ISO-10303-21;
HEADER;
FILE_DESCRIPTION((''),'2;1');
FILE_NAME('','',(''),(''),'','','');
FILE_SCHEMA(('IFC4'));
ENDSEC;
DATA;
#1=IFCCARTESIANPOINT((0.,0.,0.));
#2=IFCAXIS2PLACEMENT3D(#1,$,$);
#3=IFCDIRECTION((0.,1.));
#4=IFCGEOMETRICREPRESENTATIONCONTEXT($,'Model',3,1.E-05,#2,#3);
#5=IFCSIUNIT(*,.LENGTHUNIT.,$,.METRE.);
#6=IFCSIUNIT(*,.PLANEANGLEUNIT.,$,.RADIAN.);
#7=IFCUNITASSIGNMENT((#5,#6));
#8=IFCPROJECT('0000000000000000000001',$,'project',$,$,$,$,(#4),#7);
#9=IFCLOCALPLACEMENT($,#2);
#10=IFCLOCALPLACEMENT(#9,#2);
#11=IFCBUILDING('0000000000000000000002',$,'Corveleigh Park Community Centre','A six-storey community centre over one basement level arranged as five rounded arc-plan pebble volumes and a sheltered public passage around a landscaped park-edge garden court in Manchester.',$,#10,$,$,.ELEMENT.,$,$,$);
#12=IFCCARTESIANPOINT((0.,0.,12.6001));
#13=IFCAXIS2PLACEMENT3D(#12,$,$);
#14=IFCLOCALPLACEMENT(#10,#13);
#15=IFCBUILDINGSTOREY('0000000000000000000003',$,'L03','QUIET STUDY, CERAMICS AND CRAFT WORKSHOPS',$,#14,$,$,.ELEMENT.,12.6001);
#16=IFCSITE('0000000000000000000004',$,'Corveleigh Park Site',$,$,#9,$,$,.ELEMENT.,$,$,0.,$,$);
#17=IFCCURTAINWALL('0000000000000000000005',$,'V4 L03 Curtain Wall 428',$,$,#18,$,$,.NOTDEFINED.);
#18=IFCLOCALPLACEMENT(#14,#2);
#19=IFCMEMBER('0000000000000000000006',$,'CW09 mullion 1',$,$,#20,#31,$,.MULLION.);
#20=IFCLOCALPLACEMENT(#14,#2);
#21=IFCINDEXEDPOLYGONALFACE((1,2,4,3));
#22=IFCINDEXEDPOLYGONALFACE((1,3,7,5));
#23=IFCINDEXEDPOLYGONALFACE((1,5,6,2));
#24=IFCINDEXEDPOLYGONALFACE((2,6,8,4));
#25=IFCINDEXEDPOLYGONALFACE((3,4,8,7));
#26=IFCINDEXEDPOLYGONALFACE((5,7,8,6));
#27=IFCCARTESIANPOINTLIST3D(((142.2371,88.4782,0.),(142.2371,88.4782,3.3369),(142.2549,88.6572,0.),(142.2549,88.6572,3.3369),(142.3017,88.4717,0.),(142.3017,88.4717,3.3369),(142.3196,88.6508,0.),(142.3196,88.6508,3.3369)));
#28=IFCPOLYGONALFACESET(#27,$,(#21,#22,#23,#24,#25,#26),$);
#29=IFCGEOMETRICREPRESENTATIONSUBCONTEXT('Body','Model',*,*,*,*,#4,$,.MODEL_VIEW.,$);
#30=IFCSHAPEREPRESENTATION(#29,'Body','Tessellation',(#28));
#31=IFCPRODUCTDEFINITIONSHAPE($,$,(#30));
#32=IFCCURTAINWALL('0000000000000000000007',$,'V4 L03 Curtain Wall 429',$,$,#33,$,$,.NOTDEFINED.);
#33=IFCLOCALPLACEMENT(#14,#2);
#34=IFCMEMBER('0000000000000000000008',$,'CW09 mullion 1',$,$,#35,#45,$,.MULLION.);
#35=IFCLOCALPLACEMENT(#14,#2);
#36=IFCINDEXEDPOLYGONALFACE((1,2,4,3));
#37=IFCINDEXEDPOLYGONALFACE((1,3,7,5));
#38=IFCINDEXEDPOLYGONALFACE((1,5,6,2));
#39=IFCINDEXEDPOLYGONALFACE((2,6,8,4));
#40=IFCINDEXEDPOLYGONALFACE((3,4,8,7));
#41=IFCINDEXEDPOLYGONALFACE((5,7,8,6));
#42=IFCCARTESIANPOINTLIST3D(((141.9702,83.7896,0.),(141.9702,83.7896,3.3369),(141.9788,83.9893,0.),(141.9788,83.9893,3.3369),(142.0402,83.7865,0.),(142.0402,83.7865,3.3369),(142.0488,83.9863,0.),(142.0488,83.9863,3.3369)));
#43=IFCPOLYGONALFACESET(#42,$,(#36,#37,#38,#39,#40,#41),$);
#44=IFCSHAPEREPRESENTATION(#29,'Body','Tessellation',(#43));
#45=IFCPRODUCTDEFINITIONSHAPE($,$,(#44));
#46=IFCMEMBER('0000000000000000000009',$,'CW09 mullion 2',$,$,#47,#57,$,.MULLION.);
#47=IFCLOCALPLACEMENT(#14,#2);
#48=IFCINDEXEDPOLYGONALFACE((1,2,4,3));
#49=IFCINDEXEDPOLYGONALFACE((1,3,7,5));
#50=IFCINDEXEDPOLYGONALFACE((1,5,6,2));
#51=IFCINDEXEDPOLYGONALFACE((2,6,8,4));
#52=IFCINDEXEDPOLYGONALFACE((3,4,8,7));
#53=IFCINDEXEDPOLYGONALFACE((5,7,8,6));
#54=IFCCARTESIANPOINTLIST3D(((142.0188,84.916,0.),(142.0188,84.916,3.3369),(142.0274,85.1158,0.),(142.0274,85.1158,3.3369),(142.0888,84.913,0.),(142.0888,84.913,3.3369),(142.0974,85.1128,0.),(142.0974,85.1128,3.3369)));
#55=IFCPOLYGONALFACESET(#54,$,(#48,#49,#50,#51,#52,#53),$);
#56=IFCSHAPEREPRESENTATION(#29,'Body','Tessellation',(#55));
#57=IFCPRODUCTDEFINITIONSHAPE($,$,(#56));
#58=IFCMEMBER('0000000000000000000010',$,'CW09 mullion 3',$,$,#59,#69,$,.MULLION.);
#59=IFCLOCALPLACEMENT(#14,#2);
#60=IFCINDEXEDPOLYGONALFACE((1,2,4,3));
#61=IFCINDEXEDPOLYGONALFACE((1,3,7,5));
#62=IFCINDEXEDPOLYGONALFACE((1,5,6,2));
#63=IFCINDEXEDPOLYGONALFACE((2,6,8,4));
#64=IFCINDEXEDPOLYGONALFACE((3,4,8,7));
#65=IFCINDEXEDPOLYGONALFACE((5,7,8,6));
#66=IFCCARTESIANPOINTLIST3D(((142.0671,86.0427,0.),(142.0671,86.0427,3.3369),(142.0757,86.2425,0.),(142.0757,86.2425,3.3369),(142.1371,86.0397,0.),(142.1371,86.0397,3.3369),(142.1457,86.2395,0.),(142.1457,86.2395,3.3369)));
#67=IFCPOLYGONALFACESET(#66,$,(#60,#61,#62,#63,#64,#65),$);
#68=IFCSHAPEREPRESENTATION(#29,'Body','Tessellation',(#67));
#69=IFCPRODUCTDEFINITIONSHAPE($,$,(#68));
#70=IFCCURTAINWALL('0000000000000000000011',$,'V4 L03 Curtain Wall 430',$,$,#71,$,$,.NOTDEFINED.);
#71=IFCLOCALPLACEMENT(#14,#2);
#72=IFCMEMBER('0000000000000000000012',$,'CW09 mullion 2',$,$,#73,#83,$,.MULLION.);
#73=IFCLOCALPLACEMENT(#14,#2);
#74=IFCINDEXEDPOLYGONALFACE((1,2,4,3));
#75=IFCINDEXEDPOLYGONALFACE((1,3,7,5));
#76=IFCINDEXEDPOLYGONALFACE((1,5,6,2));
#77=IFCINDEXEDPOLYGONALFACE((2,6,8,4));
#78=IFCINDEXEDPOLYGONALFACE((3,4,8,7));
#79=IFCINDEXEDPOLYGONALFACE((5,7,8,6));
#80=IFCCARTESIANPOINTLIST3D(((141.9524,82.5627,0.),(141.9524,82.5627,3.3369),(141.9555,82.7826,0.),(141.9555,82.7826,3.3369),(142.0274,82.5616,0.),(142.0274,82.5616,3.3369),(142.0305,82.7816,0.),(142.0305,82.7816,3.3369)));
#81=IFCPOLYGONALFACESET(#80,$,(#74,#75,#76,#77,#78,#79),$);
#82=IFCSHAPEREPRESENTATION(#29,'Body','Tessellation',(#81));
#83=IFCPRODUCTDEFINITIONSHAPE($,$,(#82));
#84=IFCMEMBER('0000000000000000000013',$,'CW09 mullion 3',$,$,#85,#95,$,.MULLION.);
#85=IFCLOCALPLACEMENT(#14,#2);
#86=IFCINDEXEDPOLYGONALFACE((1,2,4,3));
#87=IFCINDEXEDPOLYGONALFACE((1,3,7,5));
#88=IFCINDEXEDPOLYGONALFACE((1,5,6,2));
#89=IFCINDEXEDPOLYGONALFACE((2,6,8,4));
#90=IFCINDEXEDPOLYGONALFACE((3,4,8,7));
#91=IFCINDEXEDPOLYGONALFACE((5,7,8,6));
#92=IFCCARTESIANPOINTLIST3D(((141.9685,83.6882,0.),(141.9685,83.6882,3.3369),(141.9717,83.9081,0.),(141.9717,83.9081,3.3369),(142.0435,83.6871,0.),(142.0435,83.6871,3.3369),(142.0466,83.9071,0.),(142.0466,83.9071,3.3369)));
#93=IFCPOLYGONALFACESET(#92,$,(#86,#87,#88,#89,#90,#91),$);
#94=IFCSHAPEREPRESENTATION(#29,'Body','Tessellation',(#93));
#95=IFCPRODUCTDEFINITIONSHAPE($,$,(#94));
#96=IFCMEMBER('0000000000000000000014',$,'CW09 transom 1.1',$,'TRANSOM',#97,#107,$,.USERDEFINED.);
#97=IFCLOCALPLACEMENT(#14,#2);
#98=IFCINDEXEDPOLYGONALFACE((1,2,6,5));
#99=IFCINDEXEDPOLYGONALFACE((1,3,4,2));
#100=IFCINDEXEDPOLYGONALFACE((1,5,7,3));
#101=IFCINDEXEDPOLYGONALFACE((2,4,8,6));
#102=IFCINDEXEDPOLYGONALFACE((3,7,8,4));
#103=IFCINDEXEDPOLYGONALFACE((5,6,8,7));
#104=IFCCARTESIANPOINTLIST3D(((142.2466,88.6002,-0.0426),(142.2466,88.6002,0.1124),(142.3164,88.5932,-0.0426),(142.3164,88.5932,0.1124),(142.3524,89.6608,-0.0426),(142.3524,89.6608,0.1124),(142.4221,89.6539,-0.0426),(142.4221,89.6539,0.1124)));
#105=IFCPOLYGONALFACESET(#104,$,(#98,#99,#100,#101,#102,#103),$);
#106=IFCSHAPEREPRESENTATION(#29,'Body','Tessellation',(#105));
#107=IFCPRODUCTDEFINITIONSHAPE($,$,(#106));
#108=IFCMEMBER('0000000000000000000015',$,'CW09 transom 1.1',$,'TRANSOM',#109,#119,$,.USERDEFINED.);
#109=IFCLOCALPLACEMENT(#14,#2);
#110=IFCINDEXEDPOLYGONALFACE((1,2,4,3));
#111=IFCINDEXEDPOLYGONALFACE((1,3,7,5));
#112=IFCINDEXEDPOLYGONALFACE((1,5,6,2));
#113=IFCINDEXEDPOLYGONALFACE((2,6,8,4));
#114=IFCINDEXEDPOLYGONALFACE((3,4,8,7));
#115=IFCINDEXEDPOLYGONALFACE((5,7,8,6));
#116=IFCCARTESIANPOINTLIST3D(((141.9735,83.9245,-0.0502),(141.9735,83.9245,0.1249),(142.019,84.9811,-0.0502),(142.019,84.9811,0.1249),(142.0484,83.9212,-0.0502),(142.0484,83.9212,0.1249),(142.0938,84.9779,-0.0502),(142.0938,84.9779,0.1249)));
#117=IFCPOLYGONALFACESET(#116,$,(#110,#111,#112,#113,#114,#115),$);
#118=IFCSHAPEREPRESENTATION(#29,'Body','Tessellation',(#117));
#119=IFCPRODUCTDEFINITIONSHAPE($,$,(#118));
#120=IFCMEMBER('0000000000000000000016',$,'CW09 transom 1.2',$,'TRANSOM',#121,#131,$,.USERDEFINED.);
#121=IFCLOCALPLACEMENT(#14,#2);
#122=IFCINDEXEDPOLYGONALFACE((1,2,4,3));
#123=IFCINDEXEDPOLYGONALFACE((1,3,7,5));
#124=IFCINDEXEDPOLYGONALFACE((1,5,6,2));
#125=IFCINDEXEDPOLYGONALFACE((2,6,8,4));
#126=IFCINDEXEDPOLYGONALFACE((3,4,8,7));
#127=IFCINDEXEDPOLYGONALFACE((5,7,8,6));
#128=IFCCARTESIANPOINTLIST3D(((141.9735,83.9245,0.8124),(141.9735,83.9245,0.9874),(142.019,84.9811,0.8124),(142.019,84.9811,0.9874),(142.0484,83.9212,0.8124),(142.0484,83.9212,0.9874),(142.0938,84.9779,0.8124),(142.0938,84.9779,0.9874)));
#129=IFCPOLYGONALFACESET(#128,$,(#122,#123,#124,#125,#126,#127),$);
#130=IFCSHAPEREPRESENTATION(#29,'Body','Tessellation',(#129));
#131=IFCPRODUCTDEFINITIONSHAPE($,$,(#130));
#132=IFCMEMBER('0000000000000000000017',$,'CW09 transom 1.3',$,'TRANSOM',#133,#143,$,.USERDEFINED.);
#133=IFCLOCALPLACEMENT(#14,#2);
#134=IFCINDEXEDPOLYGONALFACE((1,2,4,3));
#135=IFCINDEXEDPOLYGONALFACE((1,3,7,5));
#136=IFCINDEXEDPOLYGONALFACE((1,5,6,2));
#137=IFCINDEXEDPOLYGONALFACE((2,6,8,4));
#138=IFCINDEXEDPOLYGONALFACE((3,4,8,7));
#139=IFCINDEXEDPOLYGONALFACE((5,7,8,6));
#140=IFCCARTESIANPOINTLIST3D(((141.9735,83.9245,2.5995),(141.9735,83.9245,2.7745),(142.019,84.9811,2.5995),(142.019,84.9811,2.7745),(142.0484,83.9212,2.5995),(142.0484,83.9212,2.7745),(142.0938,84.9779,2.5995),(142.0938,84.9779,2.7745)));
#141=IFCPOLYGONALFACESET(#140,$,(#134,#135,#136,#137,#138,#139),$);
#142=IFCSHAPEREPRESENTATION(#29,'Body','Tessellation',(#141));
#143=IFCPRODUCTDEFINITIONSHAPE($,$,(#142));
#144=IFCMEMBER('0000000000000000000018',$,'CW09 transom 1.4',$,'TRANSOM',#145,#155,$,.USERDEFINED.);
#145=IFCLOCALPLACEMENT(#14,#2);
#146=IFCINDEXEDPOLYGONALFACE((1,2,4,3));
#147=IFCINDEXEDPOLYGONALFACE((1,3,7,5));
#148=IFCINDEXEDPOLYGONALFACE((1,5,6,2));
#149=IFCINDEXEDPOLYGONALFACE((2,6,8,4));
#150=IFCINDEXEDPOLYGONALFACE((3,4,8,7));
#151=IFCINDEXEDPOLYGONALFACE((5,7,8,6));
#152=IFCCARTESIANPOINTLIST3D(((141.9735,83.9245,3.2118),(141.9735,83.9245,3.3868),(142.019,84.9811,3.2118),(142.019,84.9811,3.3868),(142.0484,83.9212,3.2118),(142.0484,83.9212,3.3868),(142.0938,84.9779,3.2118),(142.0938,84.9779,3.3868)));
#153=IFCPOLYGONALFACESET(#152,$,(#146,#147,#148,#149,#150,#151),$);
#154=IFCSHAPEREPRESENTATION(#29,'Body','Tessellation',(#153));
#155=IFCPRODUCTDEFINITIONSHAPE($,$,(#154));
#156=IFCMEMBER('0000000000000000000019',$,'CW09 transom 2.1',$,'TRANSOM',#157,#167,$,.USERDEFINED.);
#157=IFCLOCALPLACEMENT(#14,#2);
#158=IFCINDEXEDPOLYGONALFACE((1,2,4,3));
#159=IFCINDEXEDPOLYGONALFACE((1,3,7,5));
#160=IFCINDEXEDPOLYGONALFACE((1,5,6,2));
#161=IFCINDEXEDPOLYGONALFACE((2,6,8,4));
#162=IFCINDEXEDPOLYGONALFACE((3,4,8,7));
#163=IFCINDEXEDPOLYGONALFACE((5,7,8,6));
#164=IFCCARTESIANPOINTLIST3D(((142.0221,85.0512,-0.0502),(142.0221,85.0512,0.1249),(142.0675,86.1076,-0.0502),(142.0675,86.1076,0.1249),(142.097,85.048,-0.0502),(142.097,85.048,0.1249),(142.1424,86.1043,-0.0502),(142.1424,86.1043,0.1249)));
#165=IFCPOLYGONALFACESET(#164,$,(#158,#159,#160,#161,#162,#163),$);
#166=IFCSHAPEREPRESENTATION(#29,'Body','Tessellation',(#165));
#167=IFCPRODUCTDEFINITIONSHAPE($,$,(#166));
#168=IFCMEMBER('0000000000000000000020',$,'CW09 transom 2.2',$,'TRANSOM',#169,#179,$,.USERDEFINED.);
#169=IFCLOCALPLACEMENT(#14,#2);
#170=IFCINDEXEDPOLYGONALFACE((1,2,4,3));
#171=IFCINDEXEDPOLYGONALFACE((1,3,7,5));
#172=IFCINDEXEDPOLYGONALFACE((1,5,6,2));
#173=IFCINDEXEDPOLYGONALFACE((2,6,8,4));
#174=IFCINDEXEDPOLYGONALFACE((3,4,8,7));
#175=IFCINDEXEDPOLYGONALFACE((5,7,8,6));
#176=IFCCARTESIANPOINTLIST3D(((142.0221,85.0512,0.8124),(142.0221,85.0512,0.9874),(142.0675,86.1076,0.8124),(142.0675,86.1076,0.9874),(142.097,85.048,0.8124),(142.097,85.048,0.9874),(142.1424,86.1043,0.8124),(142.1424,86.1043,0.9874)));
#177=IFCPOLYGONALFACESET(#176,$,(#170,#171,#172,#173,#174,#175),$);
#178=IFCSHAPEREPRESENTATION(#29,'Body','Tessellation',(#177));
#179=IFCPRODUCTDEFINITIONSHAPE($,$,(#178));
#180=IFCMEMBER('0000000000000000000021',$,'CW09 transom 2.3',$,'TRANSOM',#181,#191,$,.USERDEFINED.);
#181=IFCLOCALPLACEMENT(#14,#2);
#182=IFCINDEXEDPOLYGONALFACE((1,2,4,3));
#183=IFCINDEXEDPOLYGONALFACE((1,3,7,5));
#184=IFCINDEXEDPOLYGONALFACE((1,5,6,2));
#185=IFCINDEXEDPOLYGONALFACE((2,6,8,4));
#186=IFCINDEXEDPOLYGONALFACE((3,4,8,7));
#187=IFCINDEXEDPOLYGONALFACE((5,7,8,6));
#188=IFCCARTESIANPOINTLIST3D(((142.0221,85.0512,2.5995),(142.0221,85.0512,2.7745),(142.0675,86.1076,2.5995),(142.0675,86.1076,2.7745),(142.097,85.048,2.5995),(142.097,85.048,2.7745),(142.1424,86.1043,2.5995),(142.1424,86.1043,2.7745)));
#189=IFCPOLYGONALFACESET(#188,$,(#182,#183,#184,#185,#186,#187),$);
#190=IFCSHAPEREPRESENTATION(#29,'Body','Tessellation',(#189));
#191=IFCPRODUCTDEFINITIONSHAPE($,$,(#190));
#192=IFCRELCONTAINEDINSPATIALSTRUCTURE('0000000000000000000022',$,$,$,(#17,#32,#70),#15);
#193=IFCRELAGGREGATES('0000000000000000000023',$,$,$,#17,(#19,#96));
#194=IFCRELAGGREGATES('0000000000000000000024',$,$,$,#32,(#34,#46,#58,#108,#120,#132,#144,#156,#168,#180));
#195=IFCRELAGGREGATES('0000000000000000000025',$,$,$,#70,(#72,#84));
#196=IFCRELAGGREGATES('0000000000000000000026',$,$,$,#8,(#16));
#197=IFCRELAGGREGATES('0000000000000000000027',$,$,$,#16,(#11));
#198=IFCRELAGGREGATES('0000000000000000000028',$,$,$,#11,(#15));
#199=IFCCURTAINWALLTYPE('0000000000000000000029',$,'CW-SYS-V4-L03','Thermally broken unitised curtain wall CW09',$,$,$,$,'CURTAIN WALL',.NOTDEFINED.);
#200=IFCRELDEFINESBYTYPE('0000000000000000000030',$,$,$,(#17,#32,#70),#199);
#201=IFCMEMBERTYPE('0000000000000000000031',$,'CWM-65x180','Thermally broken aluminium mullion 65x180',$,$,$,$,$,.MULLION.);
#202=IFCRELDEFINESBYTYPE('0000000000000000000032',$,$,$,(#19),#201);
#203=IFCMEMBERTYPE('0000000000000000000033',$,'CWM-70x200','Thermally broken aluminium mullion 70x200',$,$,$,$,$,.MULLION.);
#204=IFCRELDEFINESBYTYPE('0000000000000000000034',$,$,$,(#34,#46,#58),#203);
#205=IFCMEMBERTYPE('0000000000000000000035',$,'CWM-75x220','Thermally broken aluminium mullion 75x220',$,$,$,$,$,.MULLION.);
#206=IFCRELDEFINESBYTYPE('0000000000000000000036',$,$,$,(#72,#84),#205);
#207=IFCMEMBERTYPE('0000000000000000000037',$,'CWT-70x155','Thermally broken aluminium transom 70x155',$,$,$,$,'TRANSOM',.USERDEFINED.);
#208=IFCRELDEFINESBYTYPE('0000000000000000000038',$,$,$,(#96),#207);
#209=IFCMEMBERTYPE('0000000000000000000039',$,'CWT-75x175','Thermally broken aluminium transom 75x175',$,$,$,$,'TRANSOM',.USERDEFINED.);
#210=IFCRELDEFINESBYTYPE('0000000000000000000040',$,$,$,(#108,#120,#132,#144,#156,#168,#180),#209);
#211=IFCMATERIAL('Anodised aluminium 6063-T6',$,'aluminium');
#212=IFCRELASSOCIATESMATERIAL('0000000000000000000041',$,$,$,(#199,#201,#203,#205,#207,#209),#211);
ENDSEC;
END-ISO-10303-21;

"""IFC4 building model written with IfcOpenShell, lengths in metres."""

from ifc_helpers import new_model, si_unit, direction, frame, origin, origin_2d, place, context, subcontext, project, spatial, rectangle, extrude, material, material_profile, profile_set, type_object, element, aggregate, save


model = new_model("IFC4")

# Units and contexts
model_context = context("Model", 3, precision=1e-05, world=origin(), true_north=direction((0.0, 1.0)))
body_context = subcontext(model_context, "Body", "Model", "MODEL_VIEW")
ifc_project = project(units=[si_unit("LENGTHUNIT", "METRE"), si_unit("PLANEANGLEUNIT", "RADIAN")], contexts=[model_context])

# Site, building, storey
site_placement = place(None, origin())
site = spatial("IfcSite", under=ifc_project, at=site_placement, Name="Corveleigh Park Site", CompositionType="ELEMENT", RefElevation=0.0)
building_placement = place(site_placement, origin())
building = spatial("IfcBuilding", under=site, at=building_placement, Name="Corveleigh Park Community Centre", Description="A six-storey community centre over one basement level arranged as five rounded arc-plan pebble volumes and a sheltered public passage around a landscaped park-edge garden court in Manchester.", CompositionType="ELEMENT")
storey_placement = place(building_placement, frame((0.0, 0.0, 12.6001)))
storey = spatial("IfcBuildingStorey", under=building, at=storey_placement, Name="L03", Description="QUIET STUDY, CERAMICS AND CRAFT WORKSHOPS", CompositionType="ELEMENT", Elevation=12.6001)

# Curtain wall, member
ifc_material_1 = material(Name="Anodised aluminium 6063-T6", Category="aluminium")
curtain_wall_type = type_object("IfcCurtainWallType", Name="CW-SYS-V4-L03", Description="Thermally broken unitised curtain wall CW09", ElementType="CURTAIN WALL", PredefinedType="NOTDEFINED", material=ifc_material_1)
curtain_wall_1_placement = place(storey_placement, origin())
curtain_wall_1 = element("IfcCurtainWall", 1, at=curtain_wall_1_placement, inside=storey, type_object=curtain_wall_type, Name="V4 L03 Curtain Wall 428", PredefinedType="NOTDEFINED")
ifc_material_profile_1 = material_profile(ifc_material_1, rectangle(XDim=0.0649, YDim=0.1799, at=origin_2d()), Name="ALU-M65x180", Category="aluminium")
ifc_profile_set_1 = profile_set([ifc_material_profile_1], Name="Anodised aluminium 6063-T6")
member_type_1 = type_object("IfcMemberType", Name="CWM-65x180", Description="Thermally broken aluminium mullion 65x180", PredefinedType="MULLION", material=ifc_profile_set_1)
member_1_placement = place(storey_placement, frame((142.2783, 88.5645, 0.0), z_axis=(0.0, 0.0, 1.0), x_axis=(-0.995058, 0.099291, 0.0)))
member_1 = element("IfcMember", 2, at=member_1_placement, type_object=member_type_1, Name="CW09 mullion 1", PredefinedType="MULLION", context=body_context, shape_type="SweptSolid", body=[
    extrude(rectangle(XDim=0.0649, YDim=0.1799, at=origin_2d()), origin(), (0.0, 0.0, 1.0), 3.3369),
])

# Curtain walls, members
curtain_wall_2_placement = place(storey_placement, origin())
curtain_wall_2 = element("IfcCurtainWall", 3, at=curtain_wall_2_placement, inside=storey, type_object=curtain_wall_type, Name="V4 L03 Curtain Wall 429", PredefinedType="NOTDEFINED")
ifc_material_profile_2 = material_profile(ifc_material_1, rectangle(XDim=0.0701, YDim=0.2, at=origin_2d()), Name="ALU-M70x200", Category="aluminium")
ifc_profile_set_2 = profile_set([ifc_material_profile_2], Name="Anodised aluminium 6063-T6")
member_type_2 = type_object("IfcMemberType", Name="CWM-70x200", Description="Thermally broken aluminium mullion 70x200", PredefinedType="MULLION", material=ifc_profile_set_2)
member_2_placement = place(storey_placement, frame((142.0095, 83.8879, 0.0), z_axis=(0.0, 0.0, 1.0), x_axis=(-0.999075, 0.043008, 0.0)))
member_2 = element("IfcMember", 4, at=member_2_placement, type_object=member_type_2, Name="CW09 mullion 1", PredefinedType="MULLION", context=body_context, shape_type="SweptSolid", body=[
    extrude(rectangle(XDim=0.0701, YDim=0.2, at=origin_2d()), origin(), (0.0, 0.0, 1.0), 3.3369),
])
member_3_placement = place(storey_placement, frame((142.0581, 85.0144, 0.0), z_axis=(0.0, 0.0, 1.0), x_axis=(-0.999075, 0.043008, 0.0)))
member_3 = element("IfcMember", 5, at=member_3_placement, type_object=member_type_2, Name="CW09 mullion 2", PredefinedType="MULLION", context=body_context, shape_type="SweptSolid", body=[
    extrude(rectangle(XDim=0.0701, YDim=0.2, at=origin_2d()), origin(), (0.0, 0.0, 1.0), 3.3369),
])
member_4_placement = place(storey_placement, frame((142.1064, 86.1411, 0.0), z_axis=(0.0, 0.0, 1.0), x_axis=(-0.999075, 0.043008, 0.0)))
member_4 = element("IfcMember", 6, at=member_4_placement, type_object=member_type_2, Name="CW09 mullion 3", PredefinedType="MULLION", context=body_context, shape_type="SweptSolid", body=[
    extrude(rectangle(XDim=0.0701, YDim=0.2, at=origin_2d()), origin(), (0.0, 0.0, 1.0), 3.3369),
])
curtain_wall_3_placement = place(storey_placement, origin())
curtain_wall_3 = element("IfcCurtainWall", 7, at=curtain_wall_3_placement, inside=storey, type_object=curtain_wall_type, Name="V4 L03 Curtain Wall 430", PredefinedType="NOTDEFINED")
ifc_material_profile_3 = material_profile(ifc_material_1, rectangle(XDim=0.075, YDim=0.22, at=origin_2d()), Name="ALU-M75x220", Category="aluminium")
ifc_profile_set_3 = profile_set([ifc_material_profile_3], Name="Anodised aluminium 6063-T6")
member_type_3 = type_object("IfcMemberType", Name="CWM-75x220", Description="Thermally broken aluminium mullion 75x220", PredefinedType="MULLION", material=ifc_profile_set_3)
member_5_placement = place(storey_placement, frame((141.9915, 82.6721, 0.0), z_axis=(0.0, 0.0, 1.0), x_axis=(-0.999899, 0.014186, 0.0)))
member_5 = element("IfcMember", 8, at=member_5_placement, type_object=member_type_3, Name="CW09 mullion 2", PredefinedType="MULLION", context=body_context, shape_type="SweptSolid", body=[
    extrude(rectangle(XDim=0.075, YDim=0.22, at=origin_2d()), origin(), (0.0, 0.0, 1.0), 3.3369),
])
member_6_placement = place(storey_placement, frame((142.0076, 83.7976, 0.0), z_axis=(0.0, 0.0, 1.0), x_axis=(-0.999899, 0.014186, 0.0)))
member_6 = element("IfcMember", 9, at=member_6_placement, type_object=member_type_3, Name="CW09 mullion 3", PredefinedType="MULLION", context=body_context, shape_type="SweptSolid", body=[
    extrude(rectangle(XDim=0.075, YDim=0.22, at=origin_2d()), origin(), (0.0, 0.0, 1.0), 3.3369),
])

# Members
ifc_material_profile_4 = material_profile(ifc_material_1, rectangle(XDim=0.0701, YDim=0.155, at=origin_2d()), Name="ALU-T70x155", Category="aluminium")
ifc_profile_set_4 = profile_set([ifc_material_profile_4], Name="Anodised aluminium 6063-T6")
member_type_4 = type_object("IfcMemberType", Name="CWT-70x155", Description="Thermally broken aluminium transom 70x155", ElementType="TRANSOM", PredefinedType="USERDEFINED", material=ifc_profile_set_4)
member_7_placement = place(storey_placement, frame((142.2815, 88.5967, 0.0349), z_axis=(0.099186, 0.995069, 0.0), x_axis=(-0.995069, 0.099186, 0.0)))
member_7 = element("IfcMember", 10, at=member_7_placement, type_object=member_type_4, Name="CW09 transom 1.1", ObjectType="TRANSOM", PredefinedType="USERDEFINED", context=body_context, shape_type="SweptSolid", body=[
    extrude(rectangle(XDim=0.0701, YDim=0.155, at=origin_2d()), origin(), (0.0, 0.0, 1.0), 1.0659),
])
aggregate(curtain_wall_1, [member_1, member_7])
ifc_material_profile_5 = material_profile(ifc_material_1, rectangle(XDim=0.075, YDim=0.175, at=origin_2d()), Name="ALU-T75x175", Category="aluminium")
ifc_profile_set_5 = profile_set([ifc_material_profile_5], Name="Anodised aluminium 6063-T6")
member_type_5 = type_object("IfcMemberType", Name="CWT-75x175", Description="Thermally broken aluminium transom 75x175", ElementType="TRANSOM", PredefinedType="USERDEFINED", material=ifc_profile_set_5)
member_8_placement = place(storey_placement, frame((142.011, 83.9229, 0.0374), z_axis=(0.042936, 0.999078, 0.0), x_axis=(-0.999078, 0.042936, 0.0)))
member_8 = element("IfcMember", 11, at=member_8_placement, type_object=member_type_5, Name="CW09 transom 1.1", ObjectType="TRANSOM", PredefinedType="USERDEFINED", context=body_context, shape_type="SweptSolid", body=[
    extrude(rectangle(XDim=0.075, YDim=0.175, at=origin_2d()), origin(), (0.0, 0.0, 1.0), 1.0576),
])
member_9_placement = place(storey_placement, frame((142.011, 83.9229, 0.8999), z_axis=(0.042936, 0.999078, 0.0), x_axis=(-0.999078, 0.042936, 0.0)))
member_9 = element("IfcMember", 12, at=member_9_placement, type_object=member_type_5, Name="CW09 transom 1.2", ObjectType="TRANSOM", PredefinedType="USERDEFINED", context=body_context, shape_type="SweptSolid", body=[
    extrude(rectangle(XDim=0.075, YDim=0.175, at=origin_2d()), origin(), (0.0, 0.0, 1.0), 1.0576),
])
member_10_placement = place(storey_placement, frame((142.011, 83.9229, 2.687), z_axis=(0.042936, 0.999078, 0.0), x_axis=(-0.999078, 0.042936, 0.0)))
member_10 = element("IfcMember", 13, at=member_10_placement, type_object=member_type_5, Name="CW09 transom 1.3", ObjectType="TRANSOM", PredefinedType="USERDEFINED", context=body_context, shape_type="SweptSolid", body=[
    extrude(rectangle(XDim=0.075, YDim=0.175, at=origin_2d()), origin(), (0.0, 0.0, 1.0), 1.0576),
])
member_11_placement = place(storey_placement, frame((142.011, 83.9229, 3.2993), z_axis=(0.042936, 0.999078, 0.0), x_axis=(-0.999078, 0.042936, 0.0)))
member_11 = element("IfcMember", 14, at=member_11_placement, type_object=member_type_5, Name="CW09 transom 1.4", ObjectType="TRANSOM", PredefinedType="USERDEFINED", context=body_context, shape_type="SweptSolid", body=[
    extrude(rectangle(XDim=0.075, YDim=0.175, at=origin_2d()), origin(), (0.0, 0.0, 1.0), 1.0576),
])
member_12_placement = place(storey_placement, frame((142.0596, 85.0496, 0.0374), z_axis=(0.042946, 0.999077, 0.0), x_axis=(-0.999077, 0.042946, 0.0)))
member_12 = element("IfcMember", 15, at=member_12_placement, type_object=member_type_5, Name="CW09 transom 2.1", ObjectType="TRANSOM", PredefinedType="USERDEFINED", context=body_context, shape_type="SweptSolid", body=[
    extrude(rectangle(XDim=0.075, YDim=0.175, at=origin_2d()), origin(), (0.0, 0.0, 1.0), 1.0574),
])
member_13_placement = place(storey_placement, frame((142.0596, 85.0496, 0.8999), z_axis=(0.042946, 0.999077, 0.0), x_axis=(-0.999077, 0.042946, 0.0)))
member_13 = element("IfcMember", 16, at=member_13_placement, type_object=member_type_5, Name="CW09 transom 2.2", ObjectType="TRANSOM", PredefinedType="USERDEFINED", context=body_context, shape_type="SweptSolid", body=[
    extrude(rectangle(XDim=0.075, YDim=0.175, at=origin_2d()), origin(), (0.0, 0.0, 1.0), 1.0574),
])
member_14_placement = place(storey_placement, frame((142.0596, 85.0496, 2.687), z_axis=(0.042946, 0.999077, 0.0), x_axis=(-0.999077, 0.042946, 0.0)))
member_14 = element("IfcMember", 17, at=member_14_placement, type_object=member_type_5, Name="CW09 transom 2.3", ObjectType="TRANSOM", PredefinedType="USERDEFINED", context=body_context, shape_type="SweptSolid", body=[
    extrude(rectangle(XDim=0.075, YDim=0.175, at=origin_2d()), origin(), (0.0, 0.0, 1.0), 1.0574),
])

aggregate(curtain_wall_2, [member_2, member_3, member_4, member_8, member_9, member_10, member_11, member_12, member_13, member_14])
aggregate(curtain_wall_3, [member_5, member_6])

save(model, "model.ifc")
